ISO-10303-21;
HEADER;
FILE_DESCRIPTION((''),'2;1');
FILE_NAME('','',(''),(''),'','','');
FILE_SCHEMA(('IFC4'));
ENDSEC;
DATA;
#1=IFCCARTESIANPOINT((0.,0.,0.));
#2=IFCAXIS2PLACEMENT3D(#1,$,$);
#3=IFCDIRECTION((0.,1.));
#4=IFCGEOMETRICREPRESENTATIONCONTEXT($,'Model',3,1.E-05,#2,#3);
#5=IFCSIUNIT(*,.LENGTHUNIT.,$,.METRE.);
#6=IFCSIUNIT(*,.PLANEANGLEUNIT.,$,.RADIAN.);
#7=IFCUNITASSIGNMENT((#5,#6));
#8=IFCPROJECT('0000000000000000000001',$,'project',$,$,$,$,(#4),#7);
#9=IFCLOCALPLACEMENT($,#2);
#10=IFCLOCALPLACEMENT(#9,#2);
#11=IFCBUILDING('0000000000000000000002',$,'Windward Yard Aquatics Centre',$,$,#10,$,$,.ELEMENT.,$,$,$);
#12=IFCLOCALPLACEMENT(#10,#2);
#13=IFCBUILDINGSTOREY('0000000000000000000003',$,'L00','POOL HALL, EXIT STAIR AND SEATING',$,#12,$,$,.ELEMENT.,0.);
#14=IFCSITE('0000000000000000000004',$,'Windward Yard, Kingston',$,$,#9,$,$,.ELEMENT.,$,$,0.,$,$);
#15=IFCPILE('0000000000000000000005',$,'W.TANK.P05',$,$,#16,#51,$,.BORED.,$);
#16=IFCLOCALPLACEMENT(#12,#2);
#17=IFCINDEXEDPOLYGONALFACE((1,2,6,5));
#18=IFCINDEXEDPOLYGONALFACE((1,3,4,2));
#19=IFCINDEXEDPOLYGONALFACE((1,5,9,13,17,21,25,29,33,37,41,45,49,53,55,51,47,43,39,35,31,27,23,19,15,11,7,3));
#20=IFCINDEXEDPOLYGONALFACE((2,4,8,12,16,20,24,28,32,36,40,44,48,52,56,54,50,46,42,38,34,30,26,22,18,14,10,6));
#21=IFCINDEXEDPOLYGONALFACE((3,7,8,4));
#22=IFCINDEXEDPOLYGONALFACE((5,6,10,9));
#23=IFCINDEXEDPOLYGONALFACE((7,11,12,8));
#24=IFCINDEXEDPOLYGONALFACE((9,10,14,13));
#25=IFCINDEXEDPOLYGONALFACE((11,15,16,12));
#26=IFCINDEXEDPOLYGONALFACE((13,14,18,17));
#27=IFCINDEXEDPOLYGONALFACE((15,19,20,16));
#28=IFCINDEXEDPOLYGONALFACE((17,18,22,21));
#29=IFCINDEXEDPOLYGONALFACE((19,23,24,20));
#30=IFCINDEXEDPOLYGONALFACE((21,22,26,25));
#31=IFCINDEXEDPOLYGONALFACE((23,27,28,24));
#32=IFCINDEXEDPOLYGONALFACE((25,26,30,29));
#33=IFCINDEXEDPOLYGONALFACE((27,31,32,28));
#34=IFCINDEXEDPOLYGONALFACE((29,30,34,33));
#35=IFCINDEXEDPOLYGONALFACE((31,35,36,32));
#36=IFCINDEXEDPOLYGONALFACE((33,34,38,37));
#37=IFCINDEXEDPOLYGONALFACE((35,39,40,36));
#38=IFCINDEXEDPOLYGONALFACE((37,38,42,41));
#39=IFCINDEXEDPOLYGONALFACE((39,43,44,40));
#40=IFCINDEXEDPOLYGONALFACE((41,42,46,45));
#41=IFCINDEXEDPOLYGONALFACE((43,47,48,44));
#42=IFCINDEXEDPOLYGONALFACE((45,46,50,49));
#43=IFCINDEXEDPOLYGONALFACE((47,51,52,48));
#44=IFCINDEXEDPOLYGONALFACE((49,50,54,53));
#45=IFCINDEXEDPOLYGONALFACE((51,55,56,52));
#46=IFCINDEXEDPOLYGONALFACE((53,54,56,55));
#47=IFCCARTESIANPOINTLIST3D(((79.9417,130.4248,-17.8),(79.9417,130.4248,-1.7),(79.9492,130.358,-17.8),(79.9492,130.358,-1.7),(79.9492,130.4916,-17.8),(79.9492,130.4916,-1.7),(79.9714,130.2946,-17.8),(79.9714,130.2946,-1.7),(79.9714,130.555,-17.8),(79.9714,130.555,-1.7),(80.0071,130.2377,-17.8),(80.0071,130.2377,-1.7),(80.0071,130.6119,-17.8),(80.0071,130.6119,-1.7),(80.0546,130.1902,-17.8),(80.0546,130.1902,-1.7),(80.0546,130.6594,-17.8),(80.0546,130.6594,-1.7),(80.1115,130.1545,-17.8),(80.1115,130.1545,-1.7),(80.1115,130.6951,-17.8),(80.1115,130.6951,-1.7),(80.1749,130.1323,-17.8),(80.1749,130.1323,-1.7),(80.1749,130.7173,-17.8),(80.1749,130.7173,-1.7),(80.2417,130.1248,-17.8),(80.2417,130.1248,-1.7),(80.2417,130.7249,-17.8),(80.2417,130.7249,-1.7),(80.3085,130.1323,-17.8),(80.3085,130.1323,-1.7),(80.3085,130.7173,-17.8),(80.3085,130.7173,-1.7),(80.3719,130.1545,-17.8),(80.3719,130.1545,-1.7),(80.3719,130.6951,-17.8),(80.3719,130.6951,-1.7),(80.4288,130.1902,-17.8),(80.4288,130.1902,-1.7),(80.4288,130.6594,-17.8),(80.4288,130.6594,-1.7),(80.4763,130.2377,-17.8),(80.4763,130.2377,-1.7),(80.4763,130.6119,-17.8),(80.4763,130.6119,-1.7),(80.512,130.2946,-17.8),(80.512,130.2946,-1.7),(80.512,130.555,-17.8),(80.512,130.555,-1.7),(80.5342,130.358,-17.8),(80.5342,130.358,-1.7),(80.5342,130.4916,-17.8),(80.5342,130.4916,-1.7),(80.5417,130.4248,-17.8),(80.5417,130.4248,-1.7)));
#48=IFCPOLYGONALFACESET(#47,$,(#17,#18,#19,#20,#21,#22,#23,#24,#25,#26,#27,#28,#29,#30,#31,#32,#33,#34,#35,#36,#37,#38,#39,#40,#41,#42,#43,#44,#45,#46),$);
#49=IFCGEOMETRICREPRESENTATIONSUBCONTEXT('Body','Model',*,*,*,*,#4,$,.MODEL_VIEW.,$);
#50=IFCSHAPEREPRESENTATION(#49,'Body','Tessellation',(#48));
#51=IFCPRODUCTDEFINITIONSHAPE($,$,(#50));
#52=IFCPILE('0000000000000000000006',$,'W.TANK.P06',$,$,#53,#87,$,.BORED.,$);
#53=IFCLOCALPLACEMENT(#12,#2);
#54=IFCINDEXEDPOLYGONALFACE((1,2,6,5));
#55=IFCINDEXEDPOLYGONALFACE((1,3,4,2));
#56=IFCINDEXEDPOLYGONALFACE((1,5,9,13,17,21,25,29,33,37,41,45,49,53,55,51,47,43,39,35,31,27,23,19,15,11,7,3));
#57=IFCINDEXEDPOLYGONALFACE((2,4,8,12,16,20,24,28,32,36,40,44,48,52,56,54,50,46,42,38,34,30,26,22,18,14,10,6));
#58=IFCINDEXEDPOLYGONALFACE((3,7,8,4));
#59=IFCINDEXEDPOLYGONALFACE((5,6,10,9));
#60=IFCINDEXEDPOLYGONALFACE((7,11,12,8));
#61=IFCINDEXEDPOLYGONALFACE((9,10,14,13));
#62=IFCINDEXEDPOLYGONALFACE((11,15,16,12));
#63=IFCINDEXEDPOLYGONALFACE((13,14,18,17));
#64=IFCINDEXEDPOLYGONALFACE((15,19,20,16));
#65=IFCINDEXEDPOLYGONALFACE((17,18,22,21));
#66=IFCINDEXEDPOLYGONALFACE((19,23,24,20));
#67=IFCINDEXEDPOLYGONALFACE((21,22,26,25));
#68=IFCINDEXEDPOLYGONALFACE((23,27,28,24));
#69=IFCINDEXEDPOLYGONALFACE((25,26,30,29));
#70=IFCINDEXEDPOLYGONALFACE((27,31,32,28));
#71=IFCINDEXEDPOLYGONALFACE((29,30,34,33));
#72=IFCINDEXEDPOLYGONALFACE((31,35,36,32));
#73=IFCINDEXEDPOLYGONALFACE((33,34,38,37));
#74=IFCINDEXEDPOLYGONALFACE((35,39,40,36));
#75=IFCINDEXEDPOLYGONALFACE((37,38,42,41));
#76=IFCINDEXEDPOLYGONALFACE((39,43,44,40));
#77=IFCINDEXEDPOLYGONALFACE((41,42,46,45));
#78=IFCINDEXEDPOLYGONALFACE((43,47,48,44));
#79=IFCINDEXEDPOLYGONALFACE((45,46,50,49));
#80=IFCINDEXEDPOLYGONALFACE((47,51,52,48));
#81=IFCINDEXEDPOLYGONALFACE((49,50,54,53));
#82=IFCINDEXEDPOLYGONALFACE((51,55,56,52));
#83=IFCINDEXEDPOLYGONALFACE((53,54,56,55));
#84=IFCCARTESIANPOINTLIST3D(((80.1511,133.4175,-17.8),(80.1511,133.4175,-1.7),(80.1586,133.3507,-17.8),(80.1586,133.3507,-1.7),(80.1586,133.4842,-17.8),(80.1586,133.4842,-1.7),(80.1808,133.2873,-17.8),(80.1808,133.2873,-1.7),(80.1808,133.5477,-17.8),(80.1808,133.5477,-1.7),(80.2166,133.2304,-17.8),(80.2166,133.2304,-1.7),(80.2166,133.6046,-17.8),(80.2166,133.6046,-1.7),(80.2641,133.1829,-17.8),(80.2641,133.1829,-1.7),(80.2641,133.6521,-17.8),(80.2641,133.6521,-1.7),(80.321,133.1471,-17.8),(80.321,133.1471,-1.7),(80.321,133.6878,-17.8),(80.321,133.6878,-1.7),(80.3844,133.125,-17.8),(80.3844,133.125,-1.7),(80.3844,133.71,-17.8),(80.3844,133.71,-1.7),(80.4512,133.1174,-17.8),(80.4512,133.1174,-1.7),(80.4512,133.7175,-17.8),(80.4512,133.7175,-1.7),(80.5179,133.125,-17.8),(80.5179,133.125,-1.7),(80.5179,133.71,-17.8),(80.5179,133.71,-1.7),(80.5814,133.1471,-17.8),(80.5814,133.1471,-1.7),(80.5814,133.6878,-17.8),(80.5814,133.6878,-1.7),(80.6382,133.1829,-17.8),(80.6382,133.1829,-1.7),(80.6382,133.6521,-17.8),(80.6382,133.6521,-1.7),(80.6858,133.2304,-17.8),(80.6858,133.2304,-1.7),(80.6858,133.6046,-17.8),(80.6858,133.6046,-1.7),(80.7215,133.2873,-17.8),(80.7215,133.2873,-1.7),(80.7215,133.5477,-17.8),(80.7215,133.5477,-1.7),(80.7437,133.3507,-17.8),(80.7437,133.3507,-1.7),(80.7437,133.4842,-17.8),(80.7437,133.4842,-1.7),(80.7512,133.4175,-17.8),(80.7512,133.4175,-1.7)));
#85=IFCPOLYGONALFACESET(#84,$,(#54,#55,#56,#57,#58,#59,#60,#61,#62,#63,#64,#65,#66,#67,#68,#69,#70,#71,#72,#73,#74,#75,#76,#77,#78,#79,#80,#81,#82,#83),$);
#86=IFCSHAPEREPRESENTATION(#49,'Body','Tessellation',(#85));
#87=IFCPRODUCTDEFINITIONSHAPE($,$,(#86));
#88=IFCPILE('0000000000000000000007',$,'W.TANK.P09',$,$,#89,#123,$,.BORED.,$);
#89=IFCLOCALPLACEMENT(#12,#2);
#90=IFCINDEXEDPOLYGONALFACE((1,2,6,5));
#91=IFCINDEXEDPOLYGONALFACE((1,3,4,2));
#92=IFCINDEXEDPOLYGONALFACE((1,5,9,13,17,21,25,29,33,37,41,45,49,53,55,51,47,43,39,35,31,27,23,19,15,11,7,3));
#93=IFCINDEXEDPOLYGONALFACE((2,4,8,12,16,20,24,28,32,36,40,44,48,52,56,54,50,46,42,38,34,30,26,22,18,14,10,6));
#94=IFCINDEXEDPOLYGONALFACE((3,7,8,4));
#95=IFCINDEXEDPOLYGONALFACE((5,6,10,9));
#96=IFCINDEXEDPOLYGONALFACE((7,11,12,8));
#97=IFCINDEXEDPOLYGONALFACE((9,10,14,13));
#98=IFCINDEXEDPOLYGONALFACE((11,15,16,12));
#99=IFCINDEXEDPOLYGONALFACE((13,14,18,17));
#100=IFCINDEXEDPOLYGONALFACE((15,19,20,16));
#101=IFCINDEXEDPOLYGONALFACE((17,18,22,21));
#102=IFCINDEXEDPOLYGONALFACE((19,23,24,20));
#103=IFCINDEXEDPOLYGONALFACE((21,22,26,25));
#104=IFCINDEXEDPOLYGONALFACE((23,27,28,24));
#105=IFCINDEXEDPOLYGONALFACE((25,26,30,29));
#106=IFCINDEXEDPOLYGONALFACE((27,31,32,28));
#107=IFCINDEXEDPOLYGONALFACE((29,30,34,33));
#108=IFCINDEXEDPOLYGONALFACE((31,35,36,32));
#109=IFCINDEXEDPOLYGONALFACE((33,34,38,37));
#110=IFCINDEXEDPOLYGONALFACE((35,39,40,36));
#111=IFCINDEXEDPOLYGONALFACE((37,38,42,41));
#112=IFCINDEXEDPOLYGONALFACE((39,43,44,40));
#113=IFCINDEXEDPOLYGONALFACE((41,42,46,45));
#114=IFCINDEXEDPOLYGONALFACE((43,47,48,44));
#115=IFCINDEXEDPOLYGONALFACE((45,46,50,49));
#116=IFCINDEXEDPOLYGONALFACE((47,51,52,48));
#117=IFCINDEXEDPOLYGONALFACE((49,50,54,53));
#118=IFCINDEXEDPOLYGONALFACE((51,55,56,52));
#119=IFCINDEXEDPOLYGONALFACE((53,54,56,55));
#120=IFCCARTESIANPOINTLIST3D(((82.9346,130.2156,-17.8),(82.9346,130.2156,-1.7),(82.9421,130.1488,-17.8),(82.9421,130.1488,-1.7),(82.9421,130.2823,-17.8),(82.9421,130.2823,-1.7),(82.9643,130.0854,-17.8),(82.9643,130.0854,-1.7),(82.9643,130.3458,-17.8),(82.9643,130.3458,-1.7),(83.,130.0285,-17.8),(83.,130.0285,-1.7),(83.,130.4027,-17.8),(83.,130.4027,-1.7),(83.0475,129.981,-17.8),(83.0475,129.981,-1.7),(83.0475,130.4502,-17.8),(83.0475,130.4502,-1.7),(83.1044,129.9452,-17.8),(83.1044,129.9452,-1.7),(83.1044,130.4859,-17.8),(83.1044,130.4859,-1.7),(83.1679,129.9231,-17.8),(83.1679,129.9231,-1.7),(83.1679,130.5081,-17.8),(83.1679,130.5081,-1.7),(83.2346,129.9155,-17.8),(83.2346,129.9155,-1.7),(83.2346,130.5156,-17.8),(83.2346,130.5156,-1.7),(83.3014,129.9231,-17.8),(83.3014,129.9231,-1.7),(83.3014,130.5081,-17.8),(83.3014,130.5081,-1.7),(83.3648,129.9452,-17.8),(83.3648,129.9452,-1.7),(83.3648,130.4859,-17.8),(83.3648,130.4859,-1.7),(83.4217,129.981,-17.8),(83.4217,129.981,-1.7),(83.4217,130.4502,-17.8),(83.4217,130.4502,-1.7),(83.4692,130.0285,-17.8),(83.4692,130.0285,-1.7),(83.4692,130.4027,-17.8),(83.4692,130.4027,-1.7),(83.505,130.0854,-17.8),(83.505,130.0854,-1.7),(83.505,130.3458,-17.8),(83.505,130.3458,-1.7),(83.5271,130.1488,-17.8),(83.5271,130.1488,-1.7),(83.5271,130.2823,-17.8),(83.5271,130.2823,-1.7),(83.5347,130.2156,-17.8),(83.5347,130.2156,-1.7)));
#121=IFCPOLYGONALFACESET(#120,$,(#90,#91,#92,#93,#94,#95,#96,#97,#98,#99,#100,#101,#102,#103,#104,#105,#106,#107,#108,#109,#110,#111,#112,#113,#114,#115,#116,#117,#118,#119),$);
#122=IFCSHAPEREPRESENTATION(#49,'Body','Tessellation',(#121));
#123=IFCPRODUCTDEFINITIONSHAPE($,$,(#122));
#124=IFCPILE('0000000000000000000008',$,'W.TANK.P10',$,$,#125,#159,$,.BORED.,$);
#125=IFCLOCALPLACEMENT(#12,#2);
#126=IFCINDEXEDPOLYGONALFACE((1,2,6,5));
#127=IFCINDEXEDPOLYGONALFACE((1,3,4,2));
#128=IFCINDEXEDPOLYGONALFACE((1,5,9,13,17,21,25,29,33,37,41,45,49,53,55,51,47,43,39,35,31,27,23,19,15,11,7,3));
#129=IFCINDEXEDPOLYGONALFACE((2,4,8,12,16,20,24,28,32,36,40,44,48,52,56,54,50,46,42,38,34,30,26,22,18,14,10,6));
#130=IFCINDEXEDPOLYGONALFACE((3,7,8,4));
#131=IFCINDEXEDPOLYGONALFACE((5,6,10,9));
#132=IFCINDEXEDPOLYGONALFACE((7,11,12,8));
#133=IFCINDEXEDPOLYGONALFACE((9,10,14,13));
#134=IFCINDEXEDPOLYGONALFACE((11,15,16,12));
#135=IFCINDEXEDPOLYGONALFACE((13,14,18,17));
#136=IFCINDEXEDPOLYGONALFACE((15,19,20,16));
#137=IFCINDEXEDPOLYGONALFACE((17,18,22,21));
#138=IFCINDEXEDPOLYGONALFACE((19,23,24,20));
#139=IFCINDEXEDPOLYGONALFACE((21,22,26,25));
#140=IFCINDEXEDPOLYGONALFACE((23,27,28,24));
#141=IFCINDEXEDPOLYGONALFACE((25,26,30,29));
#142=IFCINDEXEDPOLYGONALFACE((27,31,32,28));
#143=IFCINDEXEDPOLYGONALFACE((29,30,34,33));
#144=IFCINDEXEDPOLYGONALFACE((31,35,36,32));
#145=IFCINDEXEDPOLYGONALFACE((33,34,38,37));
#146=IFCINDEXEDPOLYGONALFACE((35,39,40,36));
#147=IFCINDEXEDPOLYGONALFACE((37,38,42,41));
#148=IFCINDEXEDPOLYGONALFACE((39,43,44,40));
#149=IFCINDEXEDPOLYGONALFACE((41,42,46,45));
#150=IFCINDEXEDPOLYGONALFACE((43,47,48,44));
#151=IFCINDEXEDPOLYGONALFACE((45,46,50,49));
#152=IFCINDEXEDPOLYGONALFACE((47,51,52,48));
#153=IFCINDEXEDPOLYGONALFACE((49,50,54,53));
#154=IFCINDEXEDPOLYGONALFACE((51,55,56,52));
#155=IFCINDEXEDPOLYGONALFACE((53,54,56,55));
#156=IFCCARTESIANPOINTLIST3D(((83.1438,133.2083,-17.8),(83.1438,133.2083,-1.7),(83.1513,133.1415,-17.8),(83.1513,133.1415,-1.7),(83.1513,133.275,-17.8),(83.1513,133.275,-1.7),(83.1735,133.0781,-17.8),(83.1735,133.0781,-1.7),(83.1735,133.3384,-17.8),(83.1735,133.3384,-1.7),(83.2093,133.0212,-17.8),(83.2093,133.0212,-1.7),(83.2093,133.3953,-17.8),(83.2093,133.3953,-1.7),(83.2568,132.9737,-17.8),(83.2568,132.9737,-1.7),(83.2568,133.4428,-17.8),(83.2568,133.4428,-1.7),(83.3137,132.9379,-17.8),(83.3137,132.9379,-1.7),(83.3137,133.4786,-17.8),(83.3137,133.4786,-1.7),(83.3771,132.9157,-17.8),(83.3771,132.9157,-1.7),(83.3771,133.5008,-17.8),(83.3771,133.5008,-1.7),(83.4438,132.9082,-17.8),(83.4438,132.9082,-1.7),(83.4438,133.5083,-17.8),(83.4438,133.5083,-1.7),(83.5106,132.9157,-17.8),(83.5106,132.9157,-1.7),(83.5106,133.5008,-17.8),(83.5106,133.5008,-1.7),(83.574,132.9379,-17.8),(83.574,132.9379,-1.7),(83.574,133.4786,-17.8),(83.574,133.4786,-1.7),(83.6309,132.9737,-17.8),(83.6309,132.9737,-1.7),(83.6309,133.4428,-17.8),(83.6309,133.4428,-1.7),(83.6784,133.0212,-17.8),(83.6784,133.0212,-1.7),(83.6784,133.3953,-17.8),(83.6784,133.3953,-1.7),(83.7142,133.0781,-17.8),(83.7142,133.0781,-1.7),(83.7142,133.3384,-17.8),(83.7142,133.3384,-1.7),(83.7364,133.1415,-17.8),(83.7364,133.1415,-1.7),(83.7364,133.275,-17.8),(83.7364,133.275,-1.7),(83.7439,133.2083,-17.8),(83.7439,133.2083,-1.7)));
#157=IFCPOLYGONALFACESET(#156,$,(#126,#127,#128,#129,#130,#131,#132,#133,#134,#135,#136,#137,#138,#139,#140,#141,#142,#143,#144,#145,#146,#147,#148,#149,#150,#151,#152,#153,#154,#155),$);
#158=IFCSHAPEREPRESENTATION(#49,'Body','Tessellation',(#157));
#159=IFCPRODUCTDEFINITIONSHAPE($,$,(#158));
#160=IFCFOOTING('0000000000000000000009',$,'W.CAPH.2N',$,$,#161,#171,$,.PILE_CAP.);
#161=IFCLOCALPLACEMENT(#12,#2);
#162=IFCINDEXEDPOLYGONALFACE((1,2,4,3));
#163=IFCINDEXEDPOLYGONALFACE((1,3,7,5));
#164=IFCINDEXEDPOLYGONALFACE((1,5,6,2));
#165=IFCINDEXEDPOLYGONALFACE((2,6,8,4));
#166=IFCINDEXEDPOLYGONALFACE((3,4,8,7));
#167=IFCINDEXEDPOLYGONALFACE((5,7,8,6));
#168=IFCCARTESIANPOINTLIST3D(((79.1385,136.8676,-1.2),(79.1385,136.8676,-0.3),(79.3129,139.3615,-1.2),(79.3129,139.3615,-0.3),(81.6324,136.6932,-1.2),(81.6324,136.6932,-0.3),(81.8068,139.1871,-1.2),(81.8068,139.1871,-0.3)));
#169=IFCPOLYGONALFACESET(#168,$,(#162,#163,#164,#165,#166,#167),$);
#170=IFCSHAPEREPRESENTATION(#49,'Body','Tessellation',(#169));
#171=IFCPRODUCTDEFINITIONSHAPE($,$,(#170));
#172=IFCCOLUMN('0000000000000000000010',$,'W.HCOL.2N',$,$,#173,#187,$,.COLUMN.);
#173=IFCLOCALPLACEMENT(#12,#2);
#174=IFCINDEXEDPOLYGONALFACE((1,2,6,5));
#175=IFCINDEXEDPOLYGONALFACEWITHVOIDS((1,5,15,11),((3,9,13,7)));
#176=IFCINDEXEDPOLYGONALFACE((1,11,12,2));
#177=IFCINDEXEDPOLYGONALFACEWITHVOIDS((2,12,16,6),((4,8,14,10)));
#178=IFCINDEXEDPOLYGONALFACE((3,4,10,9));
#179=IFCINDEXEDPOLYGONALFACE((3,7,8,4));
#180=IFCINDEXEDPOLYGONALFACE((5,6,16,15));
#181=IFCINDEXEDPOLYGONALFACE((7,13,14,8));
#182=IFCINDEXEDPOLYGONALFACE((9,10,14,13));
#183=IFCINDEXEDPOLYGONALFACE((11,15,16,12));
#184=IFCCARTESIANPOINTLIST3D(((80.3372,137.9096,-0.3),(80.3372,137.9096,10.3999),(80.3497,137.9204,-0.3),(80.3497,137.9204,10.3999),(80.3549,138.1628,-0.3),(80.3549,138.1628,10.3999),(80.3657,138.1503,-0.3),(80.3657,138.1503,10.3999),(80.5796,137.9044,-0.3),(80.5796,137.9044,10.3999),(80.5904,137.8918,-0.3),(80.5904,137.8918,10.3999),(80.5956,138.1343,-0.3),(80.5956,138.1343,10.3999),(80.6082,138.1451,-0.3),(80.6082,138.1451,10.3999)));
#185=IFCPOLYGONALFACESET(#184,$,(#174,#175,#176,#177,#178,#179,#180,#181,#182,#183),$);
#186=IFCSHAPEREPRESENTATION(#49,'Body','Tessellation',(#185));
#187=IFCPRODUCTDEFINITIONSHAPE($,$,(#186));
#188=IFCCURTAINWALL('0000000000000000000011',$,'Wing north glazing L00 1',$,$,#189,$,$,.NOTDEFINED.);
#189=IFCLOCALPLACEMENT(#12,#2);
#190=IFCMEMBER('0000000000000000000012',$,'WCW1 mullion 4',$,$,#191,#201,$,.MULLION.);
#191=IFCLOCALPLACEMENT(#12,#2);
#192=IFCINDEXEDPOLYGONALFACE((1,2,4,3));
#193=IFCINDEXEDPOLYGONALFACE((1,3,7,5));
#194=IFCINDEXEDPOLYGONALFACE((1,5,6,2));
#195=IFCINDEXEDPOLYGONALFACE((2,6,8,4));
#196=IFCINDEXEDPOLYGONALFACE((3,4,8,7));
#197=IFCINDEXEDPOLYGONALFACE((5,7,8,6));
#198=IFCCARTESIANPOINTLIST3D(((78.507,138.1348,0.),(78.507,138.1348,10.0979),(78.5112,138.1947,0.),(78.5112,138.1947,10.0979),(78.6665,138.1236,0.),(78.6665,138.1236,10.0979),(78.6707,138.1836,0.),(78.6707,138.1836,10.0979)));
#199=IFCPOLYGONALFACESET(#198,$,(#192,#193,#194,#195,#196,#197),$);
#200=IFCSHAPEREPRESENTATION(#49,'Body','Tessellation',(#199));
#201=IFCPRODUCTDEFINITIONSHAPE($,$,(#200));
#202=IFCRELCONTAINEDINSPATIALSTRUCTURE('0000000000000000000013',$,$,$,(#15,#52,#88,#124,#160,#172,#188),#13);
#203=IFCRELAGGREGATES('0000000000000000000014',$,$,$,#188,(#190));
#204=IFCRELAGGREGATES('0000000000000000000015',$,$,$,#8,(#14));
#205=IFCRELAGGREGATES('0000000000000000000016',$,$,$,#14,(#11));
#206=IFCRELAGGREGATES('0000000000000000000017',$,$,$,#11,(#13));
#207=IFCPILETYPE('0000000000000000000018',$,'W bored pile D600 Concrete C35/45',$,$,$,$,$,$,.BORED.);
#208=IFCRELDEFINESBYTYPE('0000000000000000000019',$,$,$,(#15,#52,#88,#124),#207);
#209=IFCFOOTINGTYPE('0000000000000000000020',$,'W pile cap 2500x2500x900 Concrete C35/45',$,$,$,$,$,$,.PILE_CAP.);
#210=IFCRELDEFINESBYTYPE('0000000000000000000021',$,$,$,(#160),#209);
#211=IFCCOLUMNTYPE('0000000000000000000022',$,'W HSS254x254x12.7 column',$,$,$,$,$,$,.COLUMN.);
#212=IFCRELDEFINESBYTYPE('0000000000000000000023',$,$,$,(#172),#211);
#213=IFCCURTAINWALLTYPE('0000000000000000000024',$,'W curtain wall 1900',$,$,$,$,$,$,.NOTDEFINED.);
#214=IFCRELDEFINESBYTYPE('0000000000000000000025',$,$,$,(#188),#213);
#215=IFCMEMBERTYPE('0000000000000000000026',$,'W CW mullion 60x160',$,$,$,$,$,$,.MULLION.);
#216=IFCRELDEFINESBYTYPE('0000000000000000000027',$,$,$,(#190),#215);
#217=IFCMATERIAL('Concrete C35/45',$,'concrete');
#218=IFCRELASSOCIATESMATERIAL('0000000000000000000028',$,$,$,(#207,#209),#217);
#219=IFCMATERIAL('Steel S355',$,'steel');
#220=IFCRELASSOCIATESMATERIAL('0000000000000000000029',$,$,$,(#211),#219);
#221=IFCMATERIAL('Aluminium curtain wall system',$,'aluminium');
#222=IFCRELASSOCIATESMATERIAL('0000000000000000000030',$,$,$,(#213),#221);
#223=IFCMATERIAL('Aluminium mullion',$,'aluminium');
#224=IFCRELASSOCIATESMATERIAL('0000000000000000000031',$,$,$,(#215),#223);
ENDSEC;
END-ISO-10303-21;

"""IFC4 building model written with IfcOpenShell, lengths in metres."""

from ifc_helpers import new_model, si_unit, direction, frame, origin, origin_2d, place, context, subcontext, project, spatial, rectangle, hollow_rectangle, circle, extrude, material, material_profile, profile_set, type_object, element, aggregate, save


model = new_model("IFC4")

# Units and contexts
model_context = context("Model", 3, precision=1e-05, world=origin(), true_north=direction((0.0, 1.0)))
body_context = subcontext(model_context, "Body", "Model", "MODEL_VIEW")
ifc_project = project(units=[si_unit("LENGTHUNIT", "METRE"), si_unit("PLANEANGLEUNIT", "RADIAN")], contexts=[model_context])

# Site, building, storey
site_placement = place(None, origin())
site = spatial("IfcSite", under=ifc_project, at=site_placement, Name="Windward Yard, Kingston", CompositionType="ELEMENT", RefElevation=0.0)
building_placement = place(site_placement, origin())
building = spatial("IfcBuilding", under=site, at=building_placement, Name="Windward Yard Aquatics Centre", CompositionType="ELEMENT")
storey_placement = place(building_placement, origin())
storey = spatial("IfcBuildingStorey", under=building, at=storey_placement, Name="L00", Description="POOL HALL, EXIT STAIR AND SEATING", CompositionType="ELEMENT", Elevation=0.0)

# Piles
ifc_material_1 = material(Name="Concrete C35/45", Category="concrete")
ifc_material_profile_1 = material_profile(ifc_material_1, circle(Radius=0.3, at=origin_2d()), Name="D600")
ifc_profile_set_1 = profile_set([ifc_material_profile_1], Name="Concrete C35/45")
pile_type = type_object("IfcPileType", Name="W bored pile D600 Concrete C35/45", PredefinedType="BORED", material=ifc_profile_set_1)
for number, where, z_axis, x_axis, name in (
    (1, (80.2417, 130.4248, -1.7), (0.0, 0.0, -1.0), (1.0, 0.0, 0.0), "W.TANK.P05"),
    (2, (80.4512, 133.4175, -1.7), (0.0, 0.0, -1.0), (1.0, 0.0, 0.0), "W.TANK.P06"),
    (3, (83.2346, 130.2156, -1.7), (0.0, 0.0, -1.0), (1.0, 0.0, 0.0), "W.TANK.P09"),
    (4, (83.4438, 133.2083, -1.7), (0.0, 0.0, -1.0), (1.0, 0.0, 0.0), "W.TANK.P10"),
):
    element("IfcPile", number, at=place(storey_placement, frame(where, z_axis=z_axis, x_axis=x_axis)), inside=storey, type_object=pile_type, Name=name, PredefinedType="BORED", context=body_context, shape_type="SweptSolid", body=[
        extrude(circle(Radius=0.3, at=origin_2d()), origin(), (0.0, 0.0, 1.0), 16.1001),
    ])

# Footing
footing_type = type_object("IfcFootingType", Name="W pile cap 2500x2500x900 Concrete C35/45", PredefinedType="PILE_CAP", material=ifc_material_1)
footing_placement = place(storey_placement, frame((80.4727, 138.0273, -1.2), z_axis=(0.0, 0.0, 1.0), x_axis=(0.997564, -0.069756, 0.0)))
element("IfcFooting", 5, at=footing_placement, inside=storey, type_object=footing_type, Name="W.CAPH.2N", PredefinedType="PILE_CAP", context=body_context, shape_type="SweptSolid", body=[
    extrude(rectangle(XDim=2.5, YDim=2.5, at=origin_2d()), origin(), (0.0, 0.0, 1.0), 0.8999),
])

# Column
ifc_material_2 = material(Name="Steel S355", Category="steel")
ifc_material_profile_2 = material_profile(ifc_material_2, hollow_rectangle(XDim=0.2539, YDim=0.2539, WallThickness=0.0117, at=origin_2d()), Name="HSS254x254x12.7")
ifc_profile_set_2 = profile_set([ifc_material_profile_2], Name="Steel S355")
column_type = type_object("IfcColumnType", Name="W HSS254x254x12.7 column", PredefinedType="COLUMN", material=ifc_profile_set_2)
column_placement = place(storey_placement, frame((80.4727, 138.0273, -0.3), z_axis=(0.0, 0.0, 1.0), x_axis=(0.997564, -0.069756, 0.0)))
element("IfcColumn", 6, at=column_placement, inside=storey, type_object=column_type, Name="W.HCOL.2N", PredefinedType="COLUMN", context=body_context, shape_type="SweptSolid", body=[
    extrude(hollow_rectangle(XDim=0.2539, YDim=0.2539, WallThickness=0.0117, at=origin_2d()), origin(), (0.0, 0.0, 1.0), 10.7),
])

# Curtain wall, member
ifc_material_3 = material(Name="Aluminium curtain wall system", Category="aluminium")
curtain_wall_type = type_object("IfcCurtainWallType", Name="W curtain wall 1900", PredefinedType="NOTDEFINED", material=ifc_material_3)
curtain_wall_1_placement = place(storey_placement, origin())
curtain_wall_1 = element("IfcCurtainWall", 7, at=curtain_wall_1_placement, inside=storey, type_object=curtain_wall_type, Name="Wing north glazing L00 1", PredefinedType="NOTDEFINED")
ifc_material_4 = material(Name="Aluminium mullion", Category="aluminium")
ifc_material_profile_3 = material_profile(ifc_material_4, rectangle(XDim=0.0601, YDim=0.1599, at=origin_2d()), Name="AL 60x160")
ifc_profile_set_3 = profile_set([ifc_material_profile_3], Name="Aluminium mullion")
member_type_1 = type_object("IfcMemberType", Name="W CW mullion 60x160", PredefinedType="MULLION", material=ifc_profile_set_3)
member_1_placement = place(storey_placement, frame((78.5889, 138.1592, 0.0), z_axis=(0.0, 0.0, 1.0), x_axis=(0.069756, 0.997564, 0.0)))
member_1 = element("IfcMember", 8, at=member_1_placement, type_object=member_type_1, Name="WCW1 mullion 4", PredefinedType="MULLION", context=body_context, shape_type="SweptSolid", body=[
    extrude(rectangle(XDim=0.0601, YDim=0.1599, at=origin_2d()), origin(), (0.0, 0.0, 1.0), 10.0979),
])

aggregate(curtain_wall_1, [member_1])

save(model, "model.ifc")
